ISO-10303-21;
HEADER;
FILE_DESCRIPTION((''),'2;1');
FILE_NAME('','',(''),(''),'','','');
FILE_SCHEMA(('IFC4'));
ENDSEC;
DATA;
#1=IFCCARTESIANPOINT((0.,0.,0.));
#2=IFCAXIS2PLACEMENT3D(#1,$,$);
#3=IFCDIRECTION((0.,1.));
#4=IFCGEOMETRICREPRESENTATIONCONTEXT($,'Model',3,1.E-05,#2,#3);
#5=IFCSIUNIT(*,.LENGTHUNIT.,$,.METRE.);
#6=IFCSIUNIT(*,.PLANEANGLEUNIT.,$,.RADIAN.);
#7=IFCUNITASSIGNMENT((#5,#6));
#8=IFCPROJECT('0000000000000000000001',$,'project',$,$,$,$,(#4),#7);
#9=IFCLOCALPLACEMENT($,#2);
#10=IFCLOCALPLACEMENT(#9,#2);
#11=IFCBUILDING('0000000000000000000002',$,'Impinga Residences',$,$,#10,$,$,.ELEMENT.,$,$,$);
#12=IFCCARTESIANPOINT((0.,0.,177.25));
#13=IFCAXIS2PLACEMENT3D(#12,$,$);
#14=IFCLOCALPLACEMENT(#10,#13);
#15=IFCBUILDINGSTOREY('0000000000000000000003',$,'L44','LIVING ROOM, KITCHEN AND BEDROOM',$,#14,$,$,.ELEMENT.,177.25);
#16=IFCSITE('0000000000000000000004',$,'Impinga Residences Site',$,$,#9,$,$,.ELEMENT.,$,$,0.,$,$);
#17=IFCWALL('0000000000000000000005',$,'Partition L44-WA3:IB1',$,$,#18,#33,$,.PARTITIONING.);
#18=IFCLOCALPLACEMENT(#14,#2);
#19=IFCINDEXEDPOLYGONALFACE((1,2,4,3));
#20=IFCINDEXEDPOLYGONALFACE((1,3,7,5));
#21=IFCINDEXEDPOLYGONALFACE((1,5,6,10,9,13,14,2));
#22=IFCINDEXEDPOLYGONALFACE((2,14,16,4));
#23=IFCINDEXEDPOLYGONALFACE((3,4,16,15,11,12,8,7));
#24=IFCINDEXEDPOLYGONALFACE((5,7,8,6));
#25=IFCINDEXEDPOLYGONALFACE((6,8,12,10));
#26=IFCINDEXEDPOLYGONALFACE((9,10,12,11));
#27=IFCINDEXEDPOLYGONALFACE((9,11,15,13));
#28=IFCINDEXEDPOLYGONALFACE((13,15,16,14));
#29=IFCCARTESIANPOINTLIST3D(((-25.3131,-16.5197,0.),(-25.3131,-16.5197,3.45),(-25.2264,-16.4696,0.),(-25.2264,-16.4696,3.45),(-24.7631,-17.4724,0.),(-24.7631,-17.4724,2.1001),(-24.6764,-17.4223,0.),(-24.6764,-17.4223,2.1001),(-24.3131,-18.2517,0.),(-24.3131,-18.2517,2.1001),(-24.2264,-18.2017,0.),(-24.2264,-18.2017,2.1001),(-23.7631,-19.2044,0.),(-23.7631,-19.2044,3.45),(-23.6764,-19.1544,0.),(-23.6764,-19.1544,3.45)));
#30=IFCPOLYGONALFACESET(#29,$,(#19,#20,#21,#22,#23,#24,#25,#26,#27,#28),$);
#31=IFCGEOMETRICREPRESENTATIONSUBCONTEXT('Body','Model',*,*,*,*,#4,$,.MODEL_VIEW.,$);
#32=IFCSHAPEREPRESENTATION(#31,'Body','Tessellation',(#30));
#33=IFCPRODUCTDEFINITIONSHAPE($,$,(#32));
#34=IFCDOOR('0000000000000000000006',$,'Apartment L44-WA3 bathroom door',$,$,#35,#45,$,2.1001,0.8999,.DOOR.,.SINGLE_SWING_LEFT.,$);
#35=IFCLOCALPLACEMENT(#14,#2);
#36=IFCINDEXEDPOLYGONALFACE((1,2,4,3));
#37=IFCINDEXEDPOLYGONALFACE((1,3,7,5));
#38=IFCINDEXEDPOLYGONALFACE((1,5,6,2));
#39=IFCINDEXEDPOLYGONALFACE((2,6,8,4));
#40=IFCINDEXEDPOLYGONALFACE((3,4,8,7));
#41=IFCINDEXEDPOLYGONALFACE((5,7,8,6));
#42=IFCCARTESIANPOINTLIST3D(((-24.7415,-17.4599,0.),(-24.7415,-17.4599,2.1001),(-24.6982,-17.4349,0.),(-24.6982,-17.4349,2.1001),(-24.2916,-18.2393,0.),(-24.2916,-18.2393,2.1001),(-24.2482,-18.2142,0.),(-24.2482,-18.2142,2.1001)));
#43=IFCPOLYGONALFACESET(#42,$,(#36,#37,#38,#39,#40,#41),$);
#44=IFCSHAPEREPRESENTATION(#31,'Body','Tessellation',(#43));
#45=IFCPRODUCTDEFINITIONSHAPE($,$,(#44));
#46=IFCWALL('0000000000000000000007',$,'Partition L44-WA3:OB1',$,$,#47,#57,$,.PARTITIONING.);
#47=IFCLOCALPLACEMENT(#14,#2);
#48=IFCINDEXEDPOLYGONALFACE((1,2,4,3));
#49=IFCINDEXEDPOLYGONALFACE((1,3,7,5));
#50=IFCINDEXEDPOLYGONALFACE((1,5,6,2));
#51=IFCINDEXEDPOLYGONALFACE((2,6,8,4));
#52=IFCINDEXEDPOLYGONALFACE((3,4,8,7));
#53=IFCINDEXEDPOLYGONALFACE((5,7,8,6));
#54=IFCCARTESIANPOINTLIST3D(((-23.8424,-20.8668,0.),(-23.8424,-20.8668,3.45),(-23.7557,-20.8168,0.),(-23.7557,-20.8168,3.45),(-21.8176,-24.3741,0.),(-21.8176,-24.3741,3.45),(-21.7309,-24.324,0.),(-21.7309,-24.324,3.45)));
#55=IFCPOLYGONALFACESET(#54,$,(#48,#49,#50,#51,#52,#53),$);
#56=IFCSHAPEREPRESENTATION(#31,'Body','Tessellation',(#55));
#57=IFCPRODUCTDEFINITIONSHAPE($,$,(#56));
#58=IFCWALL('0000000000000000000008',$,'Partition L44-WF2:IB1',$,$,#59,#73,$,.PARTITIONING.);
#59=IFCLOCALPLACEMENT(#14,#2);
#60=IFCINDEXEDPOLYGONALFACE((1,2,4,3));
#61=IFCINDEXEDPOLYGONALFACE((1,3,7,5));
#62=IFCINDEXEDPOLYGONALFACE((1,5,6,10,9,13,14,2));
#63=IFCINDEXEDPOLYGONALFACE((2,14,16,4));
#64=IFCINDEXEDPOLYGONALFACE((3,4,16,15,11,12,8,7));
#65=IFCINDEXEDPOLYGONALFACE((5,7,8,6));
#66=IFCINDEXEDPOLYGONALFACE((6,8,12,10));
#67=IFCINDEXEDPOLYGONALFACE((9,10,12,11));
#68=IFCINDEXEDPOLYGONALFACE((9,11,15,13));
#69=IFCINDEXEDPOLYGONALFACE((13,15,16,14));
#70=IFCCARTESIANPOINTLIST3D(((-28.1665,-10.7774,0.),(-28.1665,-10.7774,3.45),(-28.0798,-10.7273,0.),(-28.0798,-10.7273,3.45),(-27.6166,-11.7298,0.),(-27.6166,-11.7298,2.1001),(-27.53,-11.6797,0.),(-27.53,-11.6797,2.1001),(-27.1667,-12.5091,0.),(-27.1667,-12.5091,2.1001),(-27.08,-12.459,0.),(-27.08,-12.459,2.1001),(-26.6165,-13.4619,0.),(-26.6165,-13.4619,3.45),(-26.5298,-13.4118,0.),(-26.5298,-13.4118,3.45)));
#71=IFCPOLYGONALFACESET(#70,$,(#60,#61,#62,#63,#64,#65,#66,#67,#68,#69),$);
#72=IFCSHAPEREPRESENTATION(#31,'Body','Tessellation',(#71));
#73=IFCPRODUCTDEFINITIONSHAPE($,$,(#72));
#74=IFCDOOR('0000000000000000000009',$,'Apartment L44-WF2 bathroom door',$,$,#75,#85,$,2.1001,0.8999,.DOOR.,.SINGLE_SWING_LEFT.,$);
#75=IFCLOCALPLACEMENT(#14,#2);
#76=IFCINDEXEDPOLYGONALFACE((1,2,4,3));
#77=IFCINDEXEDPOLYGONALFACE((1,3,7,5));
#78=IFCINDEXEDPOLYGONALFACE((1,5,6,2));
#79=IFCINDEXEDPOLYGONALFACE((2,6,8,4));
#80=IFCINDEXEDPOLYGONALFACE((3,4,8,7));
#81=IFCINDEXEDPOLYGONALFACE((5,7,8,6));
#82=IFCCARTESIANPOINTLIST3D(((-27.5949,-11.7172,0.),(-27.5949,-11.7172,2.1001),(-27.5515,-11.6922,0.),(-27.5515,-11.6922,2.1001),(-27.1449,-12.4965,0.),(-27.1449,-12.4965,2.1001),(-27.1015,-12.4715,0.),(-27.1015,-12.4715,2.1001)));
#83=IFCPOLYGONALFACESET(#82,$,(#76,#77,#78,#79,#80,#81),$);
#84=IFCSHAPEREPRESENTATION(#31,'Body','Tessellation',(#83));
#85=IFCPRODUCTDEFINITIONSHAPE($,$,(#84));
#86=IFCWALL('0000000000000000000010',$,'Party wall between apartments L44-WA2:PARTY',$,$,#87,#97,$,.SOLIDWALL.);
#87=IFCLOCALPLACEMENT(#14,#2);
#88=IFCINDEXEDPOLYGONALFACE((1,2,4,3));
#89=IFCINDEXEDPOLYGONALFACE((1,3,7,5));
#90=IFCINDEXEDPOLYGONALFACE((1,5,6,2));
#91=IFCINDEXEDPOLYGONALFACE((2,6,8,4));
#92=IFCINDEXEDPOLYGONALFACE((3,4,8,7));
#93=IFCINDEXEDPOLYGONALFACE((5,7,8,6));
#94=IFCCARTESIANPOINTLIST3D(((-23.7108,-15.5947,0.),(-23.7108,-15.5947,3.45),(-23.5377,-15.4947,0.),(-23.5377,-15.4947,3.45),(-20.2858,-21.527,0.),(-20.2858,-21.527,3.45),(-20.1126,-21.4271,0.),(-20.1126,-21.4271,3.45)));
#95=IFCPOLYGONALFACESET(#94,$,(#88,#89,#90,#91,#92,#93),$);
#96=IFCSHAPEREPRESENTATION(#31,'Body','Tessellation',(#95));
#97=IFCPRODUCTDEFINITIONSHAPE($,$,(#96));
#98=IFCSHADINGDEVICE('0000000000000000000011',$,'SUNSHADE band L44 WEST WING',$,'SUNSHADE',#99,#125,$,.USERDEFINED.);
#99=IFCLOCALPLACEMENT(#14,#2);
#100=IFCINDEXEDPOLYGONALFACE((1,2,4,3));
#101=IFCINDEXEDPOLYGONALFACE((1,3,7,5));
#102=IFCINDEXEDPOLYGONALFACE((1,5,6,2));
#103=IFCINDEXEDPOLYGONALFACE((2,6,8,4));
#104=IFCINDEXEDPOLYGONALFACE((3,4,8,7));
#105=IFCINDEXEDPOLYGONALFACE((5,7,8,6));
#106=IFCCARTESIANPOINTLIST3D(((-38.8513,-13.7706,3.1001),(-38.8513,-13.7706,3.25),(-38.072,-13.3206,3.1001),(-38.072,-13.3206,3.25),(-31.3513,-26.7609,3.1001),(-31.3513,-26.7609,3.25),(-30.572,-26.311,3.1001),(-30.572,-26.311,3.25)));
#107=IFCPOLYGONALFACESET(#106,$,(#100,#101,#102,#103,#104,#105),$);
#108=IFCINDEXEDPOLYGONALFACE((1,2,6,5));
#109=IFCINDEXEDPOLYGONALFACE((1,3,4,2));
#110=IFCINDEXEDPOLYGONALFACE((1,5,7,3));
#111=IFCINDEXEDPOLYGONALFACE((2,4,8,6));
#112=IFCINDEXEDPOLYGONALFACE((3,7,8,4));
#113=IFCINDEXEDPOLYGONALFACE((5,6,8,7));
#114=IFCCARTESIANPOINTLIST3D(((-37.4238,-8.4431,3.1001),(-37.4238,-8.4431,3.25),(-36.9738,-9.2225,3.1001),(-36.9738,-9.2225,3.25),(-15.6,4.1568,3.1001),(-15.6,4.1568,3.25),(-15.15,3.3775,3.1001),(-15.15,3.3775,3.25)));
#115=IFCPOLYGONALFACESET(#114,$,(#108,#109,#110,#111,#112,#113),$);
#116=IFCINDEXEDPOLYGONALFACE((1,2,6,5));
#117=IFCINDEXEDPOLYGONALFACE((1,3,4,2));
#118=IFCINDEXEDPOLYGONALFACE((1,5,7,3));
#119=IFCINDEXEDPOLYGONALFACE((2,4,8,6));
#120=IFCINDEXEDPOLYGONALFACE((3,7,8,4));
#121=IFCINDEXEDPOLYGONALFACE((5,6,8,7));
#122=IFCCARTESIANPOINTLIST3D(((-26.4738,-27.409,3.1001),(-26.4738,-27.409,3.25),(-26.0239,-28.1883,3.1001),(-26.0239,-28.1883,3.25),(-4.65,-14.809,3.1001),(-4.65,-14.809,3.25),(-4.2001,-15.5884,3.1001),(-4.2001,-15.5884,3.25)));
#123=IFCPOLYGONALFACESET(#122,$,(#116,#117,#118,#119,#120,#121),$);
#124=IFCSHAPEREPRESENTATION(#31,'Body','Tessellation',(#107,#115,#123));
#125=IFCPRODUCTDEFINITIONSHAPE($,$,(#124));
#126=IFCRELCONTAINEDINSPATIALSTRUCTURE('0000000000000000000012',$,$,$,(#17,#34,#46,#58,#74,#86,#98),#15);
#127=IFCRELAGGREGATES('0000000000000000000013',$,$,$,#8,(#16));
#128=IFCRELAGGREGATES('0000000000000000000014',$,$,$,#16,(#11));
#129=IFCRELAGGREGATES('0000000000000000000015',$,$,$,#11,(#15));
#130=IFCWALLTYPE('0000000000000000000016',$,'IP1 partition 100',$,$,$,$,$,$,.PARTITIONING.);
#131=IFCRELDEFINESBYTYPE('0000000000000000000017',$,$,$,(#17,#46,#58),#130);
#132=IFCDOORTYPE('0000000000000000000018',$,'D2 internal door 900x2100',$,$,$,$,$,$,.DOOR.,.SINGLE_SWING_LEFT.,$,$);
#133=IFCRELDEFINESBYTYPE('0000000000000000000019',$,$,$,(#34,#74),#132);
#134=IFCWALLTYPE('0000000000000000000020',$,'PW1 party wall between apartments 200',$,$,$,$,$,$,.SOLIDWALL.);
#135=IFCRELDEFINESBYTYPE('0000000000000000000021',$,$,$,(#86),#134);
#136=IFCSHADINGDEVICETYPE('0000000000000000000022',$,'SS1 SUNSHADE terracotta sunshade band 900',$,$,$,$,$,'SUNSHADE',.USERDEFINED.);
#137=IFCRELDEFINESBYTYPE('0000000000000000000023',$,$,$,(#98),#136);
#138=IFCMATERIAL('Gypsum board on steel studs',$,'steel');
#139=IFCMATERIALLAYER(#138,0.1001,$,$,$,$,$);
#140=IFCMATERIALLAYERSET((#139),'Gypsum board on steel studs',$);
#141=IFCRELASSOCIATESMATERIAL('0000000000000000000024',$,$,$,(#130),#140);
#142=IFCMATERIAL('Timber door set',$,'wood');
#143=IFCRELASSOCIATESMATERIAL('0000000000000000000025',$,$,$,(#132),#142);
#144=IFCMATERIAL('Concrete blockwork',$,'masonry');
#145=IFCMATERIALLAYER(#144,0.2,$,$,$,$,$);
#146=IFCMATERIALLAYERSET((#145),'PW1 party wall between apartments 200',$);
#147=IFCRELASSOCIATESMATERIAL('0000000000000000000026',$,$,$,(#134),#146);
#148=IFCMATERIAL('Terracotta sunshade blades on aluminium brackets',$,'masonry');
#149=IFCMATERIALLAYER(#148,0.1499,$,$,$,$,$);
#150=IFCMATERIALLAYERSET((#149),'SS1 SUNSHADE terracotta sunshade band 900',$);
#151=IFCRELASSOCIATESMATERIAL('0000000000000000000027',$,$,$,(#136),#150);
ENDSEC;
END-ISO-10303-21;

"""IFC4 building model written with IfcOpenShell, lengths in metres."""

from ifc_helpers import new_model, si_unit, direction, frame, frame_2d, origin, origin_2d, place, context, subcontext, project, spatial, rectangle, extrude, material, layer, layer_set, type_object, element, fill, save


model = new_model("IFC4")

# Units and contexts
model_context = context("Model", 3, precision=1e-05, world=origin(), true_north=direction((0.0, 1.0)))
body_context = subcontext(model_context, "Body", "Model", "MODEL_VIEW")
ifc_project = project(units=[si_unit("LENGTHUNIT", "METRE"), si_unit("PLANEANGLEUNIT", "RADIAN")], contexts=[model_context])

# Site, building, storey
site_placement = place(None, origin())
site = spatial("IfcSite", under=ifc_project, at=site_placement, Name="Impinga Residences Site", CompositionType="ELEMENT", RefElevation=0.0)
building_placement = place(site_placement, origin())
building = spatial("IfcBuilding", under=site, at=building_placement, Name="Impinga Residences", CompositionType="ELEMENT")
storey_placement = place(building_placement, frame((0.0, 0.0, 177.25)))
storey = spatial("IfcBuildingStorey", under=building, at=storey_placement, Name="L44", Description="LIVING ROOM, KITCHEN AND BEDROOM", CompositionType="ELEMENT", Elevation=177.25)

# Shared definitions
ifc_material_1 = material(Name="Gypsum board on steel studs", Category="steel")
ifc_layer_1 = layer(ifc_material_1, 0.1001)
ifc_layer_set_1 = layer_set([ifc_layer_1], Name="Gypsum board on steel studs")
wall_type_1 = type_object("IfcWallType", Name="IP1 partition 100", PredefinedType="PARTITIONING", material=ifc_layer_set_1)

# Wall, opening, door
wall_1_placement = place(storey_placement, frame((-25.2698, -16.4946, 0.0), z_axis=(0.0, 0.0, 1.0), x_axis=(0.499993, -0.86603, 0.0)))
wall_1 = element("IfcWall", 1, at=wall_1_placement, inside=storey, type_object=wall_type_1, Name="Partition L44-WA3:IB1", PredefinedType="PARTITIONING", context=body_context, shape_type="SweptSolid", body=[
    extrude(rectangle(XDim=3.1001, YDim=0.1001, at=frame_2d((1.55, 0.0))), origin(), (0.0, 0.0, 1.0), 3.45),
])
opening_1_placement = place(wall_1_placement, frame((1.1001, 0.0, 0.0)))
opening_1 = element("IfcOpeningElement", 2, at=opening_1_placement, cuts=wall_1, PredefinedType="OPENING", context=body_context, shape_type="SweptSolid", body=[
    extrude(rectangle(XDim=0.8999, YDim=2.1001, at=frame_2d((0.45, 1.05))), frame((0.0, 0.0601, 0.0), z_axis=(0.0, -1.0, 0.0), x_axis=(1.0, 0.0, 0.0)), (0.0, 0.0, 1.0), 0.1201),
])
ifc_material_2 = material(Name="Timber door set", Category="wood")
door_type = type_object("IfcDoorType", Name="D2 internal door 900x2100", OperationType="SINGLE_SWING_LEFT", PredefinedType="DOOR", material=ifc_material_2)
door_1_placement = place(opening_1_placement, origin())
door_1 = element("IfcDoor", 3, at=door_1_placement, inside=storey, type_object=door_type, Name="Apartment L44-WA3 bathroom door", OperationType="SINGLE_SWING_LEFT", OverallHeight=2.1001, OverallWidth=0.8999, PredefinedType="DOOR", context=body_context, shape_type="SweptSolid", body=[
    extrude(rectangle(XDim=0.8999, YDim=2.1001, at=frame_2d((0.45, 1.05))), frame((0.0, 0.0249, 0.0), z_axis=(0.0, -1.0, 0.0), x_axis=(1.0, 0.0, 0.0)), (0.0, 0.0, 1.0), 0.05),
])
fill(opening_1, door_1)

# Wall
wall_2_placement = place(storey_placement, frame((-23.7991, -20.8418, 0.0), z_axis=(0.0, 0.0, 1.0), x_axis=(0.49999, -0.866031, 0.0)))
element("IfcWall", 4, at=wall_2_placement, inside=storey, type_object=wall_type_1, Name="Partition L44-WA3:OB1", PredefinedType="PARTITIONING", context=body_context, shape_type="SweptSolid", body=[
    extrude(rectangle(XDim=4.0498, YDim=0.1001, at=frame_2d((2.0249, 0.0))), origin(), (0.0, 0.0, 1.0), 3.45),
])

# Wall, opening, door
wall_3_placement = place(storey_placement, frame((-26.5732, -13.4368, 0.0), z_axis=(0.0, 0.0, 1.0), x_axis=(-0.500027, 0.86601, 0.0)))
wall_3 = element("IfcWall", 5, at=wall_3_placement, inside=storey, type_object=wall_type_1, Name="Partition L44-WF2:IB1", PredefinedType="PARTITIONING", context=body_context, shape_type="SweptSolid", body=[
    extrude(rectangle(XDim=3.0999, YDim=0.1001, at=frame_2d((1.5498, 0.0))), origin(), (0.0, 0.0, 1.0), 3.45),
])
opening_2_placement = place(wall_3_placement, frame((1.1001, 0.0, 0.0)))
opening_2 = element("IfcOpeningElement", 6, at=opening_2_placement, cuts=wall_3, PredefinedType="OPENING", context=body_context, shape_type="SweptSolid", body=[
    extrude(rectangle(XDim=0.8999, YDim=2.1001, at=frame_2d((0.45, 1.05))), frame((0.0, 0.0601, 0.0), z_axis=(0.0, -1.0, 0.0), x_axis=(1.0, 0.0, 0.0)), (0.0, 0.0, 1.0), 0.1201),
])
door_2_placement = place(opening_2_placement, origin())
door_2 = element("IfcDoor", 7, at=door_2_placement, inside=storey, type_object=door_type, Name="Apartment L44-WF2 bathroom door", OperationType="SINGLE_SWING_LEFT", OverallHeight=2.1001, OverallWidth=0.8999, PredefinedType="DOOR", context=body_context, shape_type="SweptSolid", body=[
    extrude(rectangle(XDim=0.8999, YDim=2.1001, at=frame_2d((0.45, 1.05))), frame((0.0, 0.0249, 0.0), z_axis=(0.0, -1.0, 0.0), x_axis=(1.0, 0.0, 0.0)), (0.0, 0.0, 1.0), 0.05),
])
fill(opening_2, door_2)

# Wall
ifc_material_3 = material(Name="Concrete blockwork", Category="masonry")
ifc_layer_2 = layer(ifc_material_3, 0.2)
ifc_layer_set_2 = layer_set([ifc_layer_2], Name="PW1 party wall between apartments 200")
wall_type_2 = type_object("IfcWallType", Name="PW1 party wall between apartments 200", PredefinedType="SOLIDWALL", material=ifc_layer_set_2)
wall_4_placement = place(storey_placement, frame((-23.6243, -15.5447, 0.0), z_axis=(0.0, 0.0, 1.0), x_axis=(0.499999, -0.866026, 0.0)))
element("IfcWall", 8, at=wall_4_placement, inside=storey, type_object=wall_type_2, Name="Party wall between apartments L44-WA2:PARTY", PredefinedType="SOLIDWALL", context=body_context, shape_type="SweptSolid", body=[
    extrude(rectangle(XDim=6.8501, YDim=0.2, at=frame_2d((3.425, 0.0))), origin(), (0.0, 0.0, 1.0), 3.45),
])

# Shading device
ifc_material_4 = material(Name="Terracotta sunshade blades on aluminium brackets", Category="masonry")
ifc_layer_3 = layer(ifc_material_4, 0.1499)
ifc_layer_set_3 = layer_set([ifc_layer_3], Name="SS1 SUNSHADE terracotta sunshade band 900")
shading_device_type = type_object("IfcShadingDeviceType", Name="SS1 SUNSHADE terracotta sunshade band 900", ElementType="SUNSHADE", PredefinedType="USERDEFINED", material=ifc_layer_set_3)
shading_device_placement = place(storey_placement, frame((-34.7117, -20.0408, 3.1001), z_axis=(0.0, 0.0, 1.0), x_axis=(-0.5, 0.866025, 0.0)))
element("IfcShadingDevice", 9, at=shading_device_placement, inside=storey, type_object=shading_device_type, Name="SUNSHADE band L44 WEST WING", ObjectType="SUNSHADE", PredefinedType="USERDEFINED", context=body_context, shape_type="SweptSolid", body=[
    extrude(rectangle(XDim=15.0, YDim=0.8999, at=origin_2d()), origin(), (0.0, 0.0, 1.0), 0.1499),
    extrude(rectangle(XDim=25.2, YDim=0.8999, at=origin_2d()), frame((10.95, -16.05, 0.0), z_axis=(0.0, 0.0, 1.0), x_axis=(0.0, -1.0, 0.0)), (0.0, 0.0, 1.0), 0.1499),
    extrude(rectangle(XDim=25.2, YDim=0.8999, at=origin_2d()), frame((-10.95, -16.05, 0.0), z_axis=(0.0, 0.0, 1.0), x_axis=(0.0, 1.0, 0.0)), (0.0, 0.0, 1.0), 0.1499),
])

save(model, "model.ifc")
